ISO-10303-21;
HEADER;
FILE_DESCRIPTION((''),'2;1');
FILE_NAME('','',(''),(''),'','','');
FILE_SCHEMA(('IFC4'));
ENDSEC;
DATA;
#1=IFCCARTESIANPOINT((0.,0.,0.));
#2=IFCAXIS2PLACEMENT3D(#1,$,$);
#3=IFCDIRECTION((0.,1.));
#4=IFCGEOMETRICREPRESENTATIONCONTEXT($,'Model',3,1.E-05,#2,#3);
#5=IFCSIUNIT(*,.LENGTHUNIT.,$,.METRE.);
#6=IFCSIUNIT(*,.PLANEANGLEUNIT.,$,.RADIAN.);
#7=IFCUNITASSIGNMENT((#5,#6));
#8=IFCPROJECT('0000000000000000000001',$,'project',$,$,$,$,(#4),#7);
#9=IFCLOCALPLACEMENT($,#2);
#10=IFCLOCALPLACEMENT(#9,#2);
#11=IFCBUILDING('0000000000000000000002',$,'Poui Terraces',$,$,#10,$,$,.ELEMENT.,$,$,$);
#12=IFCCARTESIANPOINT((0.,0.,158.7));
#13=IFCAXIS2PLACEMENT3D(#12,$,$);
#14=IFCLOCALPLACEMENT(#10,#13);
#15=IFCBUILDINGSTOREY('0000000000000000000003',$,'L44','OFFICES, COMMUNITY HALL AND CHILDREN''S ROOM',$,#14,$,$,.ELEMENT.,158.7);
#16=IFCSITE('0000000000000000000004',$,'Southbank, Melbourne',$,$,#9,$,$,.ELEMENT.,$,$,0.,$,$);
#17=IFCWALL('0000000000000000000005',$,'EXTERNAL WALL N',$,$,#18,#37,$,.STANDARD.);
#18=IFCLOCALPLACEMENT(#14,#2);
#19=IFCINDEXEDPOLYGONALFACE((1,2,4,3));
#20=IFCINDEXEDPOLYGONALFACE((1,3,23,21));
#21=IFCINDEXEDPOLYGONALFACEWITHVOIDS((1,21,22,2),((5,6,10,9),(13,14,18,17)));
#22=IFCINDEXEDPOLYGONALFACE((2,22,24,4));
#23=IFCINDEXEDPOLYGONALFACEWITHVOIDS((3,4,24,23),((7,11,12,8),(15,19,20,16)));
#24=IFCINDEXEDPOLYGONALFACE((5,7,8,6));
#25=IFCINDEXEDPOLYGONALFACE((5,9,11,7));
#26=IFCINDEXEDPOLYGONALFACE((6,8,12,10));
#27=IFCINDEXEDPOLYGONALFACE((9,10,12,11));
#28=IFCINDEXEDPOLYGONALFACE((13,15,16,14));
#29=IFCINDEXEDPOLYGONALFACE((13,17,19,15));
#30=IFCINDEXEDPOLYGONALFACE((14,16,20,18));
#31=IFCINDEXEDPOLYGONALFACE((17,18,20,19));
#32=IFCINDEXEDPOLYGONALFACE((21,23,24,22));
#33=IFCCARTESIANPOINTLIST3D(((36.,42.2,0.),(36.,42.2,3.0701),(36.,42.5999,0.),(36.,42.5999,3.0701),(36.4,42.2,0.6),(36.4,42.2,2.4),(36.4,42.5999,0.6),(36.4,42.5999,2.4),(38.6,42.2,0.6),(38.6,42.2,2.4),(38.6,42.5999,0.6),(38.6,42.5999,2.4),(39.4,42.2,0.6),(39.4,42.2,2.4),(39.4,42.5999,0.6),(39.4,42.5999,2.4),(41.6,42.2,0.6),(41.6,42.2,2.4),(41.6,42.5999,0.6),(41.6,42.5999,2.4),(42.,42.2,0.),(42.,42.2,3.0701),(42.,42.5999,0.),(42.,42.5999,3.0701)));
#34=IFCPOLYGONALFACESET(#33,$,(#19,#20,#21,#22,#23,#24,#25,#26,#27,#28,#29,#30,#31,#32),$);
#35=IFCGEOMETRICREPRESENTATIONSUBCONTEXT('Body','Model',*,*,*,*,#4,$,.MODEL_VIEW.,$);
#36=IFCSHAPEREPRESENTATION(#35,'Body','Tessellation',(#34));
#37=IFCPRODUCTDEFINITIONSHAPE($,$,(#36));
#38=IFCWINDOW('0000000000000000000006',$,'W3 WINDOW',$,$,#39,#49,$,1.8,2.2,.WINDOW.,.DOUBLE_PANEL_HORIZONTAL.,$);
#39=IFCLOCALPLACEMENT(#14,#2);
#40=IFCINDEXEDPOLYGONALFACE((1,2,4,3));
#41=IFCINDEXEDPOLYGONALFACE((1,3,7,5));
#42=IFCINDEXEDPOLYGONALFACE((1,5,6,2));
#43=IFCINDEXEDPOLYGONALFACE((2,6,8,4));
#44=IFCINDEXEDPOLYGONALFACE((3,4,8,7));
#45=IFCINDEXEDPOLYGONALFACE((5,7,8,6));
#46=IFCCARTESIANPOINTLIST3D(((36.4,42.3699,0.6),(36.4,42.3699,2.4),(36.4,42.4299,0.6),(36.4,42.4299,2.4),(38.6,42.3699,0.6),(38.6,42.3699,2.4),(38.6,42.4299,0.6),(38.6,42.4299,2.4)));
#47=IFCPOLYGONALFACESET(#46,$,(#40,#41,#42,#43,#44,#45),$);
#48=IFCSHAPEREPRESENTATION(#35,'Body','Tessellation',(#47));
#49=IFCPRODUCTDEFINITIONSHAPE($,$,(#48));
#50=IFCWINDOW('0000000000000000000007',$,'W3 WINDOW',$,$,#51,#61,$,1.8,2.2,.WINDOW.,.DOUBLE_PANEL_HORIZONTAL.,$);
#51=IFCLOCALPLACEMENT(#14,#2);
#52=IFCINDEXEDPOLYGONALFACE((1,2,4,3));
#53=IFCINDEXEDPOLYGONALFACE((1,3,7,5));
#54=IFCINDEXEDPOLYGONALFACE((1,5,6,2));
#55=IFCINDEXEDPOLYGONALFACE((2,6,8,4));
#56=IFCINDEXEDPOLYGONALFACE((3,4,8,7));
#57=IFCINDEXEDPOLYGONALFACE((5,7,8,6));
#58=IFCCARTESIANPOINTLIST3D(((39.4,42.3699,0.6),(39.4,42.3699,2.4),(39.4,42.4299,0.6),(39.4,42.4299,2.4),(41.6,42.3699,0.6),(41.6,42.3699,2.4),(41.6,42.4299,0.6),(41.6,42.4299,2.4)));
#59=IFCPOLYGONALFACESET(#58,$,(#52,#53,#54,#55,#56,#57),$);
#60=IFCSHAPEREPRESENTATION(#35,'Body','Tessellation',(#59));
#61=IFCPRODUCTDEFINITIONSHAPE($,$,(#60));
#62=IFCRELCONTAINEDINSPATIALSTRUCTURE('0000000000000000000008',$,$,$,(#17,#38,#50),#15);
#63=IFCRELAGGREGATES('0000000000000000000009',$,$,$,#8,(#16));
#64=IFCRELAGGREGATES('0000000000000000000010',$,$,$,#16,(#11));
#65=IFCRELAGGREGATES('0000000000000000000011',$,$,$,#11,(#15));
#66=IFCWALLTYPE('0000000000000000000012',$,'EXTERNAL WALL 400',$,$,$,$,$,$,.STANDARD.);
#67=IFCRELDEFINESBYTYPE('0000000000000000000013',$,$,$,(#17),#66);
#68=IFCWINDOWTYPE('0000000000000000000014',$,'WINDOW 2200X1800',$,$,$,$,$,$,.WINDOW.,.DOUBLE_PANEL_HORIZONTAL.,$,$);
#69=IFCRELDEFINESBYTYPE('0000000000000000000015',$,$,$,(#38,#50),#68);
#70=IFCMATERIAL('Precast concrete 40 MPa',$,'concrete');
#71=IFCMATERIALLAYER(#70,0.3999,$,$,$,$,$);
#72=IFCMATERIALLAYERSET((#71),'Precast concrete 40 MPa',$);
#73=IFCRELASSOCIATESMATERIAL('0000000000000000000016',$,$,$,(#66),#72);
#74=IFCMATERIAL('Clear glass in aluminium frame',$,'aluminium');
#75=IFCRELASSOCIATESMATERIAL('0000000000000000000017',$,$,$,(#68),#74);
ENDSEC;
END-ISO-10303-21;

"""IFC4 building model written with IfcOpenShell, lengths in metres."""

from ifc_helpers import new_model, si_unit, direction, frame, frame_2d, origin, place, context, subcontext, project, spatial, rectangle, extrude, material, layer, layer_set, type_object, element, fill, save


model = new_model("IFC4")

# Units and contexts
model_context = context("Model", 3, precision=1e-05, world=origin(), true_north=direction((0.0, 1.0)))
body_context = subcontext(model_context, "Body", "Model", "MODEL_VIEW")
ifc_project = project(units=[si_unit("LENGTHUNIT", "METRE"), si_unit("PLANEANGLEUNIT", "RADIAN")], contexts=[model_context])

# Site, building, storey
site_placement = place(None, origin())
site = spatial("IfcSite", under=ifc_project, at=site_placement, Name="Southbank, Melbourne", CompositionType="ELEMENT", RefElevation=0.0)
building_placement = place(site_placement, origin())
building = spatial("IfcBuilding", under=site, at=building_placement, Name="Poui Terraces", CompositionType="ELEMENT")
storey_placement = place(building_placement, frame((0.0, 0.0, 158.7)))
storey = spatial("IfcBuildingStorey", under=building, at=storey_placement, Name="L44", Description="OFFICES, COMMUNITY HALL AND CHILDREN'S ROOM", CompositionType="ELEMENT", Elevation=158.7)

# Wall, openings, windows
ifc_material_1 = material(Name="Precast concrete 40 MPa", Category="concrete")
ifc_layer_1 = layer(ifc_material_1, 0.3999)
ifc_layer_set_1 = layer_set([ifc_layer_1], Name="Precast concrete 40 MPa")
wall_type = type_object("IfcWallType", Name="EXTERNAL WALL 400", PredefinedType="STANDARD", material=ifc_layer_set_1)
wall_placement = place(storey_placement, frame((42.0, 42.3999, 0.0), z_axis=(0.0, 0.0, 1.0), x_axis=(-1.0, 0.0, 0.0)))
wall = element("IfcWall", 1, at=wall_placement, inside=storey, type_object=wall_type, Name="EXTERNAL WALL N", PredefinedType="STANDARD", context=body_context, shape_type="SweptSolid", body=[
    extrude(rectangle(XDim=6.0, YDim=0.3999, at=frame_2d((3.0, 0.0))), origin(), (0.0, 0.0, 1.0), 3.0701),
])
opening_1_placement = place(wall_placement, frame((3.3999, 0.0, 0.6001)))
opening_1 = element("IfcOpeningElement", 2, at=opening_1_placement, cuts=wall, PredefinedType="OPENING", context=body_context, shape_type="SweptSolid", body=[
    extrude(rectangle(XDim=2.2, YDim=1.8, at=frame_2d((1.1001, 0.8999))), frame((0.0, 0.21, 0.0), z_axis=(0.0, -1.0, 0.0), x_axis=(1.0, 0.0, 0.0)), (0.0, 0.0, 1.0), 0.4199),
])
opening_2_placement = place(wall_placement, frame((0.3999, 0.0, 0.6001)))
opening_2 = element("IfcOpeningElement", 3, at=opening_2_placement, cuts=wall, PredefinedType="OPENING", context=body_context, shape_type="SweptSolid", body=[
    extrude(rectangle(XDim=2.2, YDim=1.8, at=frame_2d((1.1001, 0.8999))), frame((0.0, 0.21, 0.0), z_axis=(0.0, -1.0, 0.0), x_axis=(1.0, 0.0, 0.0)), (0.0, 0.0, 1.0), 0.4199),
])
ifc_material_2 = material(Name="Clear glass in aluminium frame", Category="aluminium")
window_type = type_object("IfcWindowType", Name="WINDOW 2200X1800", PartitioningType="DOUBLE_PANEL_HORIZONTAL", PredefinedType="WINDOW", material=ifc_material_2)
window_1_placement = place(opening_1_placement, origin())
window_1 = element("IfcWindow", 4, at=window_1_placement, inside=storey, type_object=window_type, Name="W3 WINDOW", OverallHeight=1.8, OverallWidth=2.2, PartitioningType="DOUBLE_PANEL_HORIZONTAL", PredefinedType="WINDOW", context=body_context, shape_type="SweptSolid", body=[
    extrude(rectangle(XDim=2.2, YDim=1.8, at=frame_2d((1.1001, 0.8999))), frame((0.0, 0.03, 0.0), z_axis=(0.0, -1.0, 0.0), x_axis=(1.0, 0.0, 0.0)), (0.0, 0.0, 1.0), 0.0601),
])
fill(opening_1, window_1)
window_2_placement = place(opening_2_placement, origin())
window_2 = element("IfcWindow", 5, at=window_2_placement, inside=storey, type_object=window_type, Name="W3 WINDOW", OverallHeight=1.8, OverallWidth=2.2, PartitioningType="DOUBLE_PANEL_HORIZONTAL", PredefinedType="WINDOW", context=body_context, shape_type="SweptSolid", body=[
    extrude(rectangle(XDim=2.2, YDim=1.8, at=frame_2d((1.1001, 0.8999))), frame((0.0, 0.03, 0.0), z_axis=(0.0, -1.0, 0.0), x_axis=(1.0, 0.0, 0.0)), (0.0, 0.0, 1.0), 0.0601),
])
fill(opening_2, window_2)

save(model, "model.ifc")
